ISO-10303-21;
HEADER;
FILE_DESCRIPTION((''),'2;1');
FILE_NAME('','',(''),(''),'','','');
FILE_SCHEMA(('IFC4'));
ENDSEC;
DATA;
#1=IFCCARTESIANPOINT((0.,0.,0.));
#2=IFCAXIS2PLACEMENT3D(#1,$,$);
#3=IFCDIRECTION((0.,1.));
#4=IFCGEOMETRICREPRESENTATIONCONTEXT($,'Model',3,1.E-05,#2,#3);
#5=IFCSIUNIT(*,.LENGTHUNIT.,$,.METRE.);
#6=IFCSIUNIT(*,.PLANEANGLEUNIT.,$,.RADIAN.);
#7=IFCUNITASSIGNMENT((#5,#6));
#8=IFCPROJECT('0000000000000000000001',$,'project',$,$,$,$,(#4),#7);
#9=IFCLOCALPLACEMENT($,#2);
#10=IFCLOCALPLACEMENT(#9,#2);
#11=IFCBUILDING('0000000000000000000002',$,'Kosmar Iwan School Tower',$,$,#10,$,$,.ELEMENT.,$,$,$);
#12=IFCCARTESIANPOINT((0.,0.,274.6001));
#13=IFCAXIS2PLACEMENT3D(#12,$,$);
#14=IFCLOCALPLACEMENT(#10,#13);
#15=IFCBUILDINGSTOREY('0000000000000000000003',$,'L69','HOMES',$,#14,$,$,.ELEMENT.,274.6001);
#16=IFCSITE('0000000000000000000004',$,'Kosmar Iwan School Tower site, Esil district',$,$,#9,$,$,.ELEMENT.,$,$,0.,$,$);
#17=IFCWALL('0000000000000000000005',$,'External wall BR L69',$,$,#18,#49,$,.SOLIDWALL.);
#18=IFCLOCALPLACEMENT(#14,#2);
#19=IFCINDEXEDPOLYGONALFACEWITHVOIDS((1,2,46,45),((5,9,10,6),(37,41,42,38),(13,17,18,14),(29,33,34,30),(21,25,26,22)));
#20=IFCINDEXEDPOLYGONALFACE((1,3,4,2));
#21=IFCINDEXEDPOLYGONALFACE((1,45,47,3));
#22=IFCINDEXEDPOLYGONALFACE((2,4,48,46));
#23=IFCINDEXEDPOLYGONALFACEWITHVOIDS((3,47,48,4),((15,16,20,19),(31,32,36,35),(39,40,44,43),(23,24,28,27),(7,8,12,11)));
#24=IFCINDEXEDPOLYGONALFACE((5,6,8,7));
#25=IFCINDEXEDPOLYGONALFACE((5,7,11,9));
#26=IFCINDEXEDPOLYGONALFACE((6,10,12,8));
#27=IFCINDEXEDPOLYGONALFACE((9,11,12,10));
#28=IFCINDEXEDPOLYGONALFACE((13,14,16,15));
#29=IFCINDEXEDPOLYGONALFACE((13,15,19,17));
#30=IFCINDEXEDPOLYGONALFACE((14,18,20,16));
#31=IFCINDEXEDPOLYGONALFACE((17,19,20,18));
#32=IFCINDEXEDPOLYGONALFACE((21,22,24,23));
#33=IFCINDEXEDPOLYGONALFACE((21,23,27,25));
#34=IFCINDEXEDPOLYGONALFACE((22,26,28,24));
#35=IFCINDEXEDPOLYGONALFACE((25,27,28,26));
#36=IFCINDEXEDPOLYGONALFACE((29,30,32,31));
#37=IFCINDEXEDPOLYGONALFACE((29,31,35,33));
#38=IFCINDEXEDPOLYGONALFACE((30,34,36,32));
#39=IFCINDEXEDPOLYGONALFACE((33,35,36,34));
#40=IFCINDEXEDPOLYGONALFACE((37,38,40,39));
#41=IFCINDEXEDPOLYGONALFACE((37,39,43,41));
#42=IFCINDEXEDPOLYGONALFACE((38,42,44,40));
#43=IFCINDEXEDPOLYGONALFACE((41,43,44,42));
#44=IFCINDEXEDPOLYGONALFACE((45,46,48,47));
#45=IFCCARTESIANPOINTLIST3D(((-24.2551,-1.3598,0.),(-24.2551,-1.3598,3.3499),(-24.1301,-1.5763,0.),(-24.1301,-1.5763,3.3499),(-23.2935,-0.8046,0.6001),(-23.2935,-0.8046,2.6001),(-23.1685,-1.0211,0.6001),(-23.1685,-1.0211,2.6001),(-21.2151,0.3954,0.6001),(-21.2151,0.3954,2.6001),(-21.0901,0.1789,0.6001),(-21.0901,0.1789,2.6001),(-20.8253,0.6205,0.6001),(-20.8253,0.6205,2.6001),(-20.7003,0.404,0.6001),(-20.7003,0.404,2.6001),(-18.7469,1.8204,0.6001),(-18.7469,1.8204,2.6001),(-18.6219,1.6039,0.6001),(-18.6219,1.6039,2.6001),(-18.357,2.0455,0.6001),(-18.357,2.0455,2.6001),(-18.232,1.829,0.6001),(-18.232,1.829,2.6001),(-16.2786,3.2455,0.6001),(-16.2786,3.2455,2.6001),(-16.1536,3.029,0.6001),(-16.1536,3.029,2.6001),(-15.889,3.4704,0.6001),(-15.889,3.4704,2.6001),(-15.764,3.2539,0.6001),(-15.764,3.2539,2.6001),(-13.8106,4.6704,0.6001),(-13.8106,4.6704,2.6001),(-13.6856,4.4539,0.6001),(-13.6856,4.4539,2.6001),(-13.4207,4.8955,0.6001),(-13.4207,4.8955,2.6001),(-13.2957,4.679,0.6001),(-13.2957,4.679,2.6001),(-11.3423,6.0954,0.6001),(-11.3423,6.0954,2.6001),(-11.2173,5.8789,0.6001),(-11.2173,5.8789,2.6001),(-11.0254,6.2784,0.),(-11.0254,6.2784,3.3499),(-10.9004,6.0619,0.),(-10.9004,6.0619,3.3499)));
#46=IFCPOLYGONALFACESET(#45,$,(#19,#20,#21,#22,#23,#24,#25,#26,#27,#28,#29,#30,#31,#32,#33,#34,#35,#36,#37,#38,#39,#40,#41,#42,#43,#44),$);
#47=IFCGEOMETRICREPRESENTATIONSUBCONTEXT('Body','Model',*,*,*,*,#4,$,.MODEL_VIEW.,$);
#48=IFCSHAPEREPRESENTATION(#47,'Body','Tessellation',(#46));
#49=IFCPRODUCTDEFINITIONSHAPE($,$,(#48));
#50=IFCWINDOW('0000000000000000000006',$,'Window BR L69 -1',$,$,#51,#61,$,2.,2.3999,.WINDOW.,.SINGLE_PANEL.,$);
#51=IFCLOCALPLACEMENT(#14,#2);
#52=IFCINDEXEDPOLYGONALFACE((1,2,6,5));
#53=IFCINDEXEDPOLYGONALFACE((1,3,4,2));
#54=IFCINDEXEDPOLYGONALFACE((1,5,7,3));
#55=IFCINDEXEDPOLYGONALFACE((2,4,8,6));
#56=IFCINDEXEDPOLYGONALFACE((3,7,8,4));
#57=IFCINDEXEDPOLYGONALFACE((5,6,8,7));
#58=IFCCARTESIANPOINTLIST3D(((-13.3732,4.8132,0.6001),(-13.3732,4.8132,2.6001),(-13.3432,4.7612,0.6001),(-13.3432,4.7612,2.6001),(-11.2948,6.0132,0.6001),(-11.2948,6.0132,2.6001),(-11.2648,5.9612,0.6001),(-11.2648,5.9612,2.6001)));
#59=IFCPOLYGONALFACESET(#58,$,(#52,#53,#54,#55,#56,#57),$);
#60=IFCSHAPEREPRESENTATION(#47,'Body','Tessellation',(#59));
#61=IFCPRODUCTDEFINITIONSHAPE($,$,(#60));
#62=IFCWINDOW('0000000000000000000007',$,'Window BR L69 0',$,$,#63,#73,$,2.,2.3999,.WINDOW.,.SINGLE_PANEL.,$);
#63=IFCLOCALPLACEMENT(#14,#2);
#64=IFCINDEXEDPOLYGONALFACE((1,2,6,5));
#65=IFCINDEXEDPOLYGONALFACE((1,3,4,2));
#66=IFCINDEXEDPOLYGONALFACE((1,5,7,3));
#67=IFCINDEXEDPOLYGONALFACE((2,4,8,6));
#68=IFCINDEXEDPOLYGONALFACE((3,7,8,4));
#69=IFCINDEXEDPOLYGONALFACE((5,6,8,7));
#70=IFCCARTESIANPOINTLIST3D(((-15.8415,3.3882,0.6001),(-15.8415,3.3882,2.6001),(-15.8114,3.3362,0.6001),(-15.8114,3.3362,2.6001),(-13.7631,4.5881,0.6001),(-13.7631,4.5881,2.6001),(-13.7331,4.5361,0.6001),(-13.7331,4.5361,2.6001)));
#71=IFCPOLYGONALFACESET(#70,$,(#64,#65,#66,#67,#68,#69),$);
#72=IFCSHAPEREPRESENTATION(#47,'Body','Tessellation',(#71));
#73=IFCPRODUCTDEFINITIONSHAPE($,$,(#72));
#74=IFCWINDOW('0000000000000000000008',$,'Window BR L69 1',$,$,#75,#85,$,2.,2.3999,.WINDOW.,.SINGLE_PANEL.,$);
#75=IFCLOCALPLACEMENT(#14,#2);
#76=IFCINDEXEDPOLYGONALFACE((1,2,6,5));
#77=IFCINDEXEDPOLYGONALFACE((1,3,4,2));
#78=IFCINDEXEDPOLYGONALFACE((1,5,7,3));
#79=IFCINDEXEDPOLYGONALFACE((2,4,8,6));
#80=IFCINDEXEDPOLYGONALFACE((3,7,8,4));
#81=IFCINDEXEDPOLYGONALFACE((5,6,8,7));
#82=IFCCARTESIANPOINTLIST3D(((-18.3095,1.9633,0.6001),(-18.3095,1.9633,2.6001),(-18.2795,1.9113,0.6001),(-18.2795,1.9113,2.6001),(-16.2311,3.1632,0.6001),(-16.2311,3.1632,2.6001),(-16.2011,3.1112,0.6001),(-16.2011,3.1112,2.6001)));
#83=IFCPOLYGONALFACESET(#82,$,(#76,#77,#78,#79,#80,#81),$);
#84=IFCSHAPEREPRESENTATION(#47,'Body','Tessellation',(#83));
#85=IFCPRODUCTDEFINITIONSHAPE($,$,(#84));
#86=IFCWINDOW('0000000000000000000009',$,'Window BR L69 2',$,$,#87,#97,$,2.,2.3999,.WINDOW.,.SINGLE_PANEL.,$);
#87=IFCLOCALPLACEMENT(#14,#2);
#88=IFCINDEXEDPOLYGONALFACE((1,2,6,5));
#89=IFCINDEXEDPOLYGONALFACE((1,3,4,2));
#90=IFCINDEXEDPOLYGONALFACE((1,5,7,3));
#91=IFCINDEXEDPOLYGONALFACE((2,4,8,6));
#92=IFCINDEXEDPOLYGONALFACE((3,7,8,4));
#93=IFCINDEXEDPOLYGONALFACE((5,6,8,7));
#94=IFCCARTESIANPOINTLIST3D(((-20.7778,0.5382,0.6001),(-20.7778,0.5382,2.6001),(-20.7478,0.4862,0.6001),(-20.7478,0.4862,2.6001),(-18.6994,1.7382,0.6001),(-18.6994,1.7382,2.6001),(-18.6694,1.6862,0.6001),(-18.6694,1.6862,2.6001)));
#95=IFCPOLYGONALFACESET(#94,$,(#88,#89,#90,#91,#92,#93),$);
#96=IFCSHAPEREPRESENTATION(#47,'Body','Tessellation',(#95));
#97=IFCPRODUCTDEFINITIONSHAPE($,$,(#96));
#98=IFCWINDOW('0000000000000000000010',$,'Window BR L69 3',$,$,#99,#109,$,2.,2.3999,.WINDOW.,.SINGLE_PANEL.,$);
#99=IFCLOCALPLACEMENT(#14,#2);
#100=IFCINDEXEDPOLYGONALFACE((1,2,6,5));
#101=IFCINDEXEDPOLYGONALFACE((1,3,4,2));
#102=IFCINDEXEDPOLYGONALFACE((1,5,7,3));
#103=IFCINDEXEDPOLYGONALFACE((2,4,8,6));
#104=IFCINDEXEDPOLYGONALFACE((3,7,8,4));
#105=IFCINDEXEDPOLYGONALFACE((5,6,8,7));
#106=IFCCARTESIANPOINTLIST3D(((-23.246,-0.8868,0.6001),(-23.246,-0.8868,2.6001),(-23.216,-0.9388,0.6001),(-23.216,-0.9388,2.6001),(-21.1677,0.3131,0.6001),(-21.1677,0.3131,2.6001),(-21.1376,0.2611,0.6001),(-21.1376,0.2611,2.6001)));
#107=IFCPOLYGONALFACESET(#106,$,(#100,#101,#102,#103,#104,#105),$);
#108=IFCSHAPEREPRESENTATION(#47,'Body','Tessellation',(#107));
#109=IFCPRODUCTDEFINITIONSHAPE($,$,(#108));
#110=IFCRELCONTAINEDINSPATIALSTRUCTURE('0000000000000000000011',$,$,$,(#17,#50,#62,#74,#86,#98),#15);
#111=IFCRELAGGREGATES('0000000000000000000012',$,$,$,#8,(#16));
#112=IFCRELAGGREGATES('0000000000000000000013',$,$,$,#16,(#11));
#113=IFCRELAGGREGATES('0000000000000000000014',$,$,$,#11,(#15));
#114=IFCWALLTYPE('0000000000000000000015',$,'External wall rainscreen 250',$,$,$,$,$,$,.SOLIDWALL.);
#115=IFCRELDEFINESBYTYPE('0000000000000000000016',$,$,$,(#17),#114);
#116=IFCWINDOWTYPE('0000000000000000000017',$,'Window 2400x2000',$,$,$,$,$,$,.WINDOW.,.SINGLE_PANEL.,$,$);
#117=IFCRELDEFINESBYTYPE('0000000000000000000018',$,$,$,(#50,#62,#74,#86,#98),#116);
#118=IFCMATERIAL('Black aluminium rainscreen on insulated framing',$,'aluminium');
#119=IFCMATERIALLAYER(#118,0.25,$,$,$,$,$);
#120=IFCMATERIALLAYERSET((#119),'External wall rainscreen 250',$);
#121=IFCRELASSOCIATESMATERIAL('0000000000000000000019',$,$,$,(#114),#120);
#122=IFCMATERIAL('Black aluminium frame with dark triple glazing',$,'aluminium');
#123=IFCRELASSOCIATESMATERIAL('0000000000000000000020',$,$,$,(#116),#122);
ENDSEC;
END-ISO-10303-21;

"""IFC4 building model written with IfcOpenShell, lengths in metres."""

from ifc_helpers import new_model, si_unit, direction, frame, frame_2d, origin, place, context, subcontext, project, spatial, rectangle, extrude, material, layer, layer_set, type_object, element, fill, save


model = new_model("IFC4")

# Units and contexts
model_context = context("Model", 3, precision=1e-05, world=origin(), true_north=direction((0.0, 1.0)))
body_context = subcontext(model_context, "Body", "Model", "MODEL_VIEW")
ifc_project = project(units=[si_unit("LENGTHUNIT", "METRE"), si_unit("PLANEANGLEUNIT", "RADIAN")], contexts=[model_context])

# Site, building, storey
site_placement = place(None, origin())
site = spatial("IfcSite", under=ifc_project, at=site_placement, Name="Kosmar Iwan School Tower site, Esil district", CompositionType="ELEMENT", RefElevation=0.0)
building_placement = place(site_placement, origin())
building = spatial("IfcBuilding", under=site, at=building_placement, Name="Kosmar Iwan School Tower", CompositionType="ELEMENT")
storey_placement = place(building_placement, frame((0.0, 0.0, 274.6001)))
storey = spatial("IfcBuildingStorey", under=building, at=storey_placement, Name="L69", Description="HOMES", CompositionType="ELEMENT", Elevation=274.6001)

# Wall, openings, windows
ifc_material_1 = material(Name="Black aluminium rainscreen on insulated framing", Category="aluminium")
ifc_layer = layer(ifc_material_1, 0.25)
ifc_layer_set = layer_set([ifc_layer], Name="External wall rainscreen 250")
wall_type = type_object("IfcWallType", Name="External wall rainscreen 250", PredefinedType="SOLIDWALL", material=ifc_layer_set)
ifc_material_2 = material(Name="Black aluminium frame with dark triple glazing", Category="aluminium")
window_type = type_object("IfcWindowType", Name="Window 2400x2000", PartitioningType="SINGLE_PANEL", PredefinedType="WINDOW", material=ifc_material_2)
wall_1_placement = place(storey_placement, frame((-10.9629, 6.1702, 0.0), z_axis=(0.0, 0.0, 1.0), x_axis=(-0.866026, -0.5, 0.0)))
wall_1 = element("IfcWall", 1, at=wall_1_placement, inside=storey, type_object=wall_type, Name="External wall BR L69", PredefinedType="SOLIDWALL", context=body_context, shape_type="SweptSolid", body=[
    extrude(rectangle(XDim=15.2764, YDim=0.25, at=frame_2d((7.6382, 0.0))), origin(), (0.0, 0.0, 1.0), 3.3499),
])
opening_1_placement = place(wall_1_placement, frame((0.366, 0.0, 0.6001)))
opening_1 = element("IfcOpeningElement", 2, at=opening_1_placement, cuts=wall_1, PredefinedType="OPENING", context=body_context, shape_type="SweptSolid", body=[
    extrude(rectangle(XDim=2.3999, YDim=2.0, at=frame_2d((1.2, 1.0))), frame((0.0, 0.137, 0.0), z_axis=(0.0, -1.0, 0.0), x_axis=(1.0, 0.0, 0.0)), (0.0, 0.0, 1.0), 0.2739),
])
opening_2_placement = place(wall_1_placement, frame((3.2161, 0.0, 0.6001)))
opening_2 = element("IfcOpeningElement", 3, at=opening_2_placement, cuts=wall_1, PredefinedType="OPENING", context=body_context, shape_type="SweptSolid", body=[
    extrude(rectangle(XDim=2.3999, YDim=2.0, at=frame_2d((1.2, 1.0))), frame((0.0, 0.137, 0.0), z_axis=(0.0, -1.0, 0.0), x_axis=(1.0, 0.0, 0.0)), (0.0, 0.0, 1.0), 0.2739),
])
opening_3_placement = place(wall_1_placement, frame((6.0659, 0.0, 0.6001)))
opening_3 = element("IfcOpeningElement", 4, at=opening_3_placement, cuts=wall_1, PredefinedType="OPENING", context=body_context, shape_type="SweptSolid", body=[
    extrude(rectangle(XDim=2.3999, YDim=2.0, at=frame_2d((1.2, 1.0))), frame((0.0, 0.137, 0.0), z_axis=(0.0, -1.0, 0.0), x_axis=(1.0, 0.0, 0.0)), (0.0, 0.0, 1.0), 0.2739),
])
opening_4_placement = place(wall_1_placement, frame((8.916, 0.0, 0.6001)))
opening_4 = element("IfcOpeningElement", 5, at=opening_4_placement, cuts=wall_1, PredefinedType="OPENING", context=body_context, shape_type="SweptSolid", body=[
    extrude(rectangle(XDim=2.3999, YDim=2.0, at=frame_2d((1.2, 1.0))), frame((0.0, 0.137, 0.0), z_axis=(0.0, -1.0, 0.0), x_axis=(1.0, 0.0, 0.0)), (0.0, 0.0, 1.0), 0.2739),
])
opening_5_placement = place(wall_1_placement, frame((11.7661, 0.0, 0.6001)))
opening_5 = element("IfcOpeningElement", 6, at=opening_5_placement, cuts=wall_1, PredefinedType="OPENING", context=body_context, shape_type="SweptSolid", body=[
    extrude(rectangle(XDim=2.3999, YDim=2.0, at=frame_2d((1.2, 1.0))), frame((0.0, 0.137, 0.0), z_axis=(0.0, -1.0, 0.0), x_axis=(1.0, 0.0, 0.0)), (0.0, 0.0, 1.0), 0.2739),
])
window_1_placement = place(opening_1_placement, origin())
window_1 = element("IfcWindow", 7, at=window_1_placement, inside=storey, type_object=window_type, Name="Window BR L69 -1", OverallHeight=2.0, OverallWidth=2.3999, PartitioningType="SINGLE_PANEL", PredefinedType="WINDOW", context=body_context, shape_type="SweptSolid", body=[
    extrude(rectangle(XDim=2.3999, YDim=2.0, at=frame_2d((1.2, 1.0))), frame((0.0, 0.03, 0.0), z_axis=(0.0, -1.0, 0.0), x_axis=(1.0, 0.0, 0.0)), (0.0, 0.0, 1.0), 0.0601),
])
fill(opening_1, window_1)
window_2_placement = place(opening_2_placement, origin())
window_2 = element("IfcWindow", 8, at=window_2_placement, inside=storey, type_object=window_type, Name="Window BR L69 0", OverallHeight=2.0, OverallWidth=2.3999, PartitioningType="SINGLE_PANEL", PredefinedType="WINDOW", context=body_context, shape_type="SweptSolid", body=[
    extrude(rectangle(XDim=2.3999, YDim=2.0, at=frame_2d((1.2, 1.0))), frame((0.0, 0.03, 0.0), z_axis=(0.0, -1.0, 0.0), x_axis=(1.0, 0.0, 0.0)), (0.0, 0.0, 1.0), 0.0601),
])
fill(opening_2, window_2)
window_3_placement = place(opening_3_placement, origin())
window_3 = element("IfcWindow", 9, at=window_3_placement, inside=storey, type_object=window_type, Name="Window BR L69 1", OverallHeight=2.0, OverallWidth=2.3999, PartitioningType="SINGLE_PANEL", PredefinedType="WINDOW", context=body_context, shape_type="SweptSolid", body=[
    extrude(rectangle(XDim=2.3999, YDim=2.0, at=frame_2d((1.2, 1.0))), frame((0.0, 0.03, 0.0), z_axis=(0.0, -1.0, 0.0), x_axis=(1.0, 0.0, 0.0)), (0.0, 0.0, 1.0), 0.0601),
])
fill(opening_3, window_3)
window_4_placement = place(opening_4_placement, origin())
window_4 = element("IfcWindow", 10, at=window_4_placement, inside=storey, type_object=window_type, Name="Window BR L69 2", OverallHeight=2.0, OverallWidth=2.3999, PartitioningType="SINGLE_PANEL", PredefinedType="WINDOW", context=body_context, shape_type="SweptSolid", body=[
    extrude(rectangle(XDim=2.3999, YDim=2.0, at=frame_2d((1.2, 1.0))), frame((0.0, 0.03, 0.0), z_axis=(0.0, -1.0, 0.0), x_axis=(1.0, 0.0, 0.0)), (0.0, 0.0, 1.0), 0.0601),
])
fill(opening_4, window_4)
window_5_placement = place(opening_5_placement, origin())
window_5 = element("IfcWindow", 11, at=window_5_placement, inside=storey, type_object=window_type, Name="Window BR L69 3", OverallHeight=2.0, OverallWidth=2.3999, PartitioningType="SINGLE_PANEL", PredefinedType="WINDOW", context=body_context, shape_type="SweptSolid", body=[
    extrude(rectangle(XDim=2.3999, YDim=2.0, at=frame_2d((1.2, 1.0))), frame((0.0, 0.03, 0.0), z_axis=(0.0, -1.0, 0.0), x_axis=(1.0, 0.0, 0.0)), (0.0, 0.0, 1.0), 0.0601),
])
fill(opening_5, window_5)

save(model, "model.ifc")
